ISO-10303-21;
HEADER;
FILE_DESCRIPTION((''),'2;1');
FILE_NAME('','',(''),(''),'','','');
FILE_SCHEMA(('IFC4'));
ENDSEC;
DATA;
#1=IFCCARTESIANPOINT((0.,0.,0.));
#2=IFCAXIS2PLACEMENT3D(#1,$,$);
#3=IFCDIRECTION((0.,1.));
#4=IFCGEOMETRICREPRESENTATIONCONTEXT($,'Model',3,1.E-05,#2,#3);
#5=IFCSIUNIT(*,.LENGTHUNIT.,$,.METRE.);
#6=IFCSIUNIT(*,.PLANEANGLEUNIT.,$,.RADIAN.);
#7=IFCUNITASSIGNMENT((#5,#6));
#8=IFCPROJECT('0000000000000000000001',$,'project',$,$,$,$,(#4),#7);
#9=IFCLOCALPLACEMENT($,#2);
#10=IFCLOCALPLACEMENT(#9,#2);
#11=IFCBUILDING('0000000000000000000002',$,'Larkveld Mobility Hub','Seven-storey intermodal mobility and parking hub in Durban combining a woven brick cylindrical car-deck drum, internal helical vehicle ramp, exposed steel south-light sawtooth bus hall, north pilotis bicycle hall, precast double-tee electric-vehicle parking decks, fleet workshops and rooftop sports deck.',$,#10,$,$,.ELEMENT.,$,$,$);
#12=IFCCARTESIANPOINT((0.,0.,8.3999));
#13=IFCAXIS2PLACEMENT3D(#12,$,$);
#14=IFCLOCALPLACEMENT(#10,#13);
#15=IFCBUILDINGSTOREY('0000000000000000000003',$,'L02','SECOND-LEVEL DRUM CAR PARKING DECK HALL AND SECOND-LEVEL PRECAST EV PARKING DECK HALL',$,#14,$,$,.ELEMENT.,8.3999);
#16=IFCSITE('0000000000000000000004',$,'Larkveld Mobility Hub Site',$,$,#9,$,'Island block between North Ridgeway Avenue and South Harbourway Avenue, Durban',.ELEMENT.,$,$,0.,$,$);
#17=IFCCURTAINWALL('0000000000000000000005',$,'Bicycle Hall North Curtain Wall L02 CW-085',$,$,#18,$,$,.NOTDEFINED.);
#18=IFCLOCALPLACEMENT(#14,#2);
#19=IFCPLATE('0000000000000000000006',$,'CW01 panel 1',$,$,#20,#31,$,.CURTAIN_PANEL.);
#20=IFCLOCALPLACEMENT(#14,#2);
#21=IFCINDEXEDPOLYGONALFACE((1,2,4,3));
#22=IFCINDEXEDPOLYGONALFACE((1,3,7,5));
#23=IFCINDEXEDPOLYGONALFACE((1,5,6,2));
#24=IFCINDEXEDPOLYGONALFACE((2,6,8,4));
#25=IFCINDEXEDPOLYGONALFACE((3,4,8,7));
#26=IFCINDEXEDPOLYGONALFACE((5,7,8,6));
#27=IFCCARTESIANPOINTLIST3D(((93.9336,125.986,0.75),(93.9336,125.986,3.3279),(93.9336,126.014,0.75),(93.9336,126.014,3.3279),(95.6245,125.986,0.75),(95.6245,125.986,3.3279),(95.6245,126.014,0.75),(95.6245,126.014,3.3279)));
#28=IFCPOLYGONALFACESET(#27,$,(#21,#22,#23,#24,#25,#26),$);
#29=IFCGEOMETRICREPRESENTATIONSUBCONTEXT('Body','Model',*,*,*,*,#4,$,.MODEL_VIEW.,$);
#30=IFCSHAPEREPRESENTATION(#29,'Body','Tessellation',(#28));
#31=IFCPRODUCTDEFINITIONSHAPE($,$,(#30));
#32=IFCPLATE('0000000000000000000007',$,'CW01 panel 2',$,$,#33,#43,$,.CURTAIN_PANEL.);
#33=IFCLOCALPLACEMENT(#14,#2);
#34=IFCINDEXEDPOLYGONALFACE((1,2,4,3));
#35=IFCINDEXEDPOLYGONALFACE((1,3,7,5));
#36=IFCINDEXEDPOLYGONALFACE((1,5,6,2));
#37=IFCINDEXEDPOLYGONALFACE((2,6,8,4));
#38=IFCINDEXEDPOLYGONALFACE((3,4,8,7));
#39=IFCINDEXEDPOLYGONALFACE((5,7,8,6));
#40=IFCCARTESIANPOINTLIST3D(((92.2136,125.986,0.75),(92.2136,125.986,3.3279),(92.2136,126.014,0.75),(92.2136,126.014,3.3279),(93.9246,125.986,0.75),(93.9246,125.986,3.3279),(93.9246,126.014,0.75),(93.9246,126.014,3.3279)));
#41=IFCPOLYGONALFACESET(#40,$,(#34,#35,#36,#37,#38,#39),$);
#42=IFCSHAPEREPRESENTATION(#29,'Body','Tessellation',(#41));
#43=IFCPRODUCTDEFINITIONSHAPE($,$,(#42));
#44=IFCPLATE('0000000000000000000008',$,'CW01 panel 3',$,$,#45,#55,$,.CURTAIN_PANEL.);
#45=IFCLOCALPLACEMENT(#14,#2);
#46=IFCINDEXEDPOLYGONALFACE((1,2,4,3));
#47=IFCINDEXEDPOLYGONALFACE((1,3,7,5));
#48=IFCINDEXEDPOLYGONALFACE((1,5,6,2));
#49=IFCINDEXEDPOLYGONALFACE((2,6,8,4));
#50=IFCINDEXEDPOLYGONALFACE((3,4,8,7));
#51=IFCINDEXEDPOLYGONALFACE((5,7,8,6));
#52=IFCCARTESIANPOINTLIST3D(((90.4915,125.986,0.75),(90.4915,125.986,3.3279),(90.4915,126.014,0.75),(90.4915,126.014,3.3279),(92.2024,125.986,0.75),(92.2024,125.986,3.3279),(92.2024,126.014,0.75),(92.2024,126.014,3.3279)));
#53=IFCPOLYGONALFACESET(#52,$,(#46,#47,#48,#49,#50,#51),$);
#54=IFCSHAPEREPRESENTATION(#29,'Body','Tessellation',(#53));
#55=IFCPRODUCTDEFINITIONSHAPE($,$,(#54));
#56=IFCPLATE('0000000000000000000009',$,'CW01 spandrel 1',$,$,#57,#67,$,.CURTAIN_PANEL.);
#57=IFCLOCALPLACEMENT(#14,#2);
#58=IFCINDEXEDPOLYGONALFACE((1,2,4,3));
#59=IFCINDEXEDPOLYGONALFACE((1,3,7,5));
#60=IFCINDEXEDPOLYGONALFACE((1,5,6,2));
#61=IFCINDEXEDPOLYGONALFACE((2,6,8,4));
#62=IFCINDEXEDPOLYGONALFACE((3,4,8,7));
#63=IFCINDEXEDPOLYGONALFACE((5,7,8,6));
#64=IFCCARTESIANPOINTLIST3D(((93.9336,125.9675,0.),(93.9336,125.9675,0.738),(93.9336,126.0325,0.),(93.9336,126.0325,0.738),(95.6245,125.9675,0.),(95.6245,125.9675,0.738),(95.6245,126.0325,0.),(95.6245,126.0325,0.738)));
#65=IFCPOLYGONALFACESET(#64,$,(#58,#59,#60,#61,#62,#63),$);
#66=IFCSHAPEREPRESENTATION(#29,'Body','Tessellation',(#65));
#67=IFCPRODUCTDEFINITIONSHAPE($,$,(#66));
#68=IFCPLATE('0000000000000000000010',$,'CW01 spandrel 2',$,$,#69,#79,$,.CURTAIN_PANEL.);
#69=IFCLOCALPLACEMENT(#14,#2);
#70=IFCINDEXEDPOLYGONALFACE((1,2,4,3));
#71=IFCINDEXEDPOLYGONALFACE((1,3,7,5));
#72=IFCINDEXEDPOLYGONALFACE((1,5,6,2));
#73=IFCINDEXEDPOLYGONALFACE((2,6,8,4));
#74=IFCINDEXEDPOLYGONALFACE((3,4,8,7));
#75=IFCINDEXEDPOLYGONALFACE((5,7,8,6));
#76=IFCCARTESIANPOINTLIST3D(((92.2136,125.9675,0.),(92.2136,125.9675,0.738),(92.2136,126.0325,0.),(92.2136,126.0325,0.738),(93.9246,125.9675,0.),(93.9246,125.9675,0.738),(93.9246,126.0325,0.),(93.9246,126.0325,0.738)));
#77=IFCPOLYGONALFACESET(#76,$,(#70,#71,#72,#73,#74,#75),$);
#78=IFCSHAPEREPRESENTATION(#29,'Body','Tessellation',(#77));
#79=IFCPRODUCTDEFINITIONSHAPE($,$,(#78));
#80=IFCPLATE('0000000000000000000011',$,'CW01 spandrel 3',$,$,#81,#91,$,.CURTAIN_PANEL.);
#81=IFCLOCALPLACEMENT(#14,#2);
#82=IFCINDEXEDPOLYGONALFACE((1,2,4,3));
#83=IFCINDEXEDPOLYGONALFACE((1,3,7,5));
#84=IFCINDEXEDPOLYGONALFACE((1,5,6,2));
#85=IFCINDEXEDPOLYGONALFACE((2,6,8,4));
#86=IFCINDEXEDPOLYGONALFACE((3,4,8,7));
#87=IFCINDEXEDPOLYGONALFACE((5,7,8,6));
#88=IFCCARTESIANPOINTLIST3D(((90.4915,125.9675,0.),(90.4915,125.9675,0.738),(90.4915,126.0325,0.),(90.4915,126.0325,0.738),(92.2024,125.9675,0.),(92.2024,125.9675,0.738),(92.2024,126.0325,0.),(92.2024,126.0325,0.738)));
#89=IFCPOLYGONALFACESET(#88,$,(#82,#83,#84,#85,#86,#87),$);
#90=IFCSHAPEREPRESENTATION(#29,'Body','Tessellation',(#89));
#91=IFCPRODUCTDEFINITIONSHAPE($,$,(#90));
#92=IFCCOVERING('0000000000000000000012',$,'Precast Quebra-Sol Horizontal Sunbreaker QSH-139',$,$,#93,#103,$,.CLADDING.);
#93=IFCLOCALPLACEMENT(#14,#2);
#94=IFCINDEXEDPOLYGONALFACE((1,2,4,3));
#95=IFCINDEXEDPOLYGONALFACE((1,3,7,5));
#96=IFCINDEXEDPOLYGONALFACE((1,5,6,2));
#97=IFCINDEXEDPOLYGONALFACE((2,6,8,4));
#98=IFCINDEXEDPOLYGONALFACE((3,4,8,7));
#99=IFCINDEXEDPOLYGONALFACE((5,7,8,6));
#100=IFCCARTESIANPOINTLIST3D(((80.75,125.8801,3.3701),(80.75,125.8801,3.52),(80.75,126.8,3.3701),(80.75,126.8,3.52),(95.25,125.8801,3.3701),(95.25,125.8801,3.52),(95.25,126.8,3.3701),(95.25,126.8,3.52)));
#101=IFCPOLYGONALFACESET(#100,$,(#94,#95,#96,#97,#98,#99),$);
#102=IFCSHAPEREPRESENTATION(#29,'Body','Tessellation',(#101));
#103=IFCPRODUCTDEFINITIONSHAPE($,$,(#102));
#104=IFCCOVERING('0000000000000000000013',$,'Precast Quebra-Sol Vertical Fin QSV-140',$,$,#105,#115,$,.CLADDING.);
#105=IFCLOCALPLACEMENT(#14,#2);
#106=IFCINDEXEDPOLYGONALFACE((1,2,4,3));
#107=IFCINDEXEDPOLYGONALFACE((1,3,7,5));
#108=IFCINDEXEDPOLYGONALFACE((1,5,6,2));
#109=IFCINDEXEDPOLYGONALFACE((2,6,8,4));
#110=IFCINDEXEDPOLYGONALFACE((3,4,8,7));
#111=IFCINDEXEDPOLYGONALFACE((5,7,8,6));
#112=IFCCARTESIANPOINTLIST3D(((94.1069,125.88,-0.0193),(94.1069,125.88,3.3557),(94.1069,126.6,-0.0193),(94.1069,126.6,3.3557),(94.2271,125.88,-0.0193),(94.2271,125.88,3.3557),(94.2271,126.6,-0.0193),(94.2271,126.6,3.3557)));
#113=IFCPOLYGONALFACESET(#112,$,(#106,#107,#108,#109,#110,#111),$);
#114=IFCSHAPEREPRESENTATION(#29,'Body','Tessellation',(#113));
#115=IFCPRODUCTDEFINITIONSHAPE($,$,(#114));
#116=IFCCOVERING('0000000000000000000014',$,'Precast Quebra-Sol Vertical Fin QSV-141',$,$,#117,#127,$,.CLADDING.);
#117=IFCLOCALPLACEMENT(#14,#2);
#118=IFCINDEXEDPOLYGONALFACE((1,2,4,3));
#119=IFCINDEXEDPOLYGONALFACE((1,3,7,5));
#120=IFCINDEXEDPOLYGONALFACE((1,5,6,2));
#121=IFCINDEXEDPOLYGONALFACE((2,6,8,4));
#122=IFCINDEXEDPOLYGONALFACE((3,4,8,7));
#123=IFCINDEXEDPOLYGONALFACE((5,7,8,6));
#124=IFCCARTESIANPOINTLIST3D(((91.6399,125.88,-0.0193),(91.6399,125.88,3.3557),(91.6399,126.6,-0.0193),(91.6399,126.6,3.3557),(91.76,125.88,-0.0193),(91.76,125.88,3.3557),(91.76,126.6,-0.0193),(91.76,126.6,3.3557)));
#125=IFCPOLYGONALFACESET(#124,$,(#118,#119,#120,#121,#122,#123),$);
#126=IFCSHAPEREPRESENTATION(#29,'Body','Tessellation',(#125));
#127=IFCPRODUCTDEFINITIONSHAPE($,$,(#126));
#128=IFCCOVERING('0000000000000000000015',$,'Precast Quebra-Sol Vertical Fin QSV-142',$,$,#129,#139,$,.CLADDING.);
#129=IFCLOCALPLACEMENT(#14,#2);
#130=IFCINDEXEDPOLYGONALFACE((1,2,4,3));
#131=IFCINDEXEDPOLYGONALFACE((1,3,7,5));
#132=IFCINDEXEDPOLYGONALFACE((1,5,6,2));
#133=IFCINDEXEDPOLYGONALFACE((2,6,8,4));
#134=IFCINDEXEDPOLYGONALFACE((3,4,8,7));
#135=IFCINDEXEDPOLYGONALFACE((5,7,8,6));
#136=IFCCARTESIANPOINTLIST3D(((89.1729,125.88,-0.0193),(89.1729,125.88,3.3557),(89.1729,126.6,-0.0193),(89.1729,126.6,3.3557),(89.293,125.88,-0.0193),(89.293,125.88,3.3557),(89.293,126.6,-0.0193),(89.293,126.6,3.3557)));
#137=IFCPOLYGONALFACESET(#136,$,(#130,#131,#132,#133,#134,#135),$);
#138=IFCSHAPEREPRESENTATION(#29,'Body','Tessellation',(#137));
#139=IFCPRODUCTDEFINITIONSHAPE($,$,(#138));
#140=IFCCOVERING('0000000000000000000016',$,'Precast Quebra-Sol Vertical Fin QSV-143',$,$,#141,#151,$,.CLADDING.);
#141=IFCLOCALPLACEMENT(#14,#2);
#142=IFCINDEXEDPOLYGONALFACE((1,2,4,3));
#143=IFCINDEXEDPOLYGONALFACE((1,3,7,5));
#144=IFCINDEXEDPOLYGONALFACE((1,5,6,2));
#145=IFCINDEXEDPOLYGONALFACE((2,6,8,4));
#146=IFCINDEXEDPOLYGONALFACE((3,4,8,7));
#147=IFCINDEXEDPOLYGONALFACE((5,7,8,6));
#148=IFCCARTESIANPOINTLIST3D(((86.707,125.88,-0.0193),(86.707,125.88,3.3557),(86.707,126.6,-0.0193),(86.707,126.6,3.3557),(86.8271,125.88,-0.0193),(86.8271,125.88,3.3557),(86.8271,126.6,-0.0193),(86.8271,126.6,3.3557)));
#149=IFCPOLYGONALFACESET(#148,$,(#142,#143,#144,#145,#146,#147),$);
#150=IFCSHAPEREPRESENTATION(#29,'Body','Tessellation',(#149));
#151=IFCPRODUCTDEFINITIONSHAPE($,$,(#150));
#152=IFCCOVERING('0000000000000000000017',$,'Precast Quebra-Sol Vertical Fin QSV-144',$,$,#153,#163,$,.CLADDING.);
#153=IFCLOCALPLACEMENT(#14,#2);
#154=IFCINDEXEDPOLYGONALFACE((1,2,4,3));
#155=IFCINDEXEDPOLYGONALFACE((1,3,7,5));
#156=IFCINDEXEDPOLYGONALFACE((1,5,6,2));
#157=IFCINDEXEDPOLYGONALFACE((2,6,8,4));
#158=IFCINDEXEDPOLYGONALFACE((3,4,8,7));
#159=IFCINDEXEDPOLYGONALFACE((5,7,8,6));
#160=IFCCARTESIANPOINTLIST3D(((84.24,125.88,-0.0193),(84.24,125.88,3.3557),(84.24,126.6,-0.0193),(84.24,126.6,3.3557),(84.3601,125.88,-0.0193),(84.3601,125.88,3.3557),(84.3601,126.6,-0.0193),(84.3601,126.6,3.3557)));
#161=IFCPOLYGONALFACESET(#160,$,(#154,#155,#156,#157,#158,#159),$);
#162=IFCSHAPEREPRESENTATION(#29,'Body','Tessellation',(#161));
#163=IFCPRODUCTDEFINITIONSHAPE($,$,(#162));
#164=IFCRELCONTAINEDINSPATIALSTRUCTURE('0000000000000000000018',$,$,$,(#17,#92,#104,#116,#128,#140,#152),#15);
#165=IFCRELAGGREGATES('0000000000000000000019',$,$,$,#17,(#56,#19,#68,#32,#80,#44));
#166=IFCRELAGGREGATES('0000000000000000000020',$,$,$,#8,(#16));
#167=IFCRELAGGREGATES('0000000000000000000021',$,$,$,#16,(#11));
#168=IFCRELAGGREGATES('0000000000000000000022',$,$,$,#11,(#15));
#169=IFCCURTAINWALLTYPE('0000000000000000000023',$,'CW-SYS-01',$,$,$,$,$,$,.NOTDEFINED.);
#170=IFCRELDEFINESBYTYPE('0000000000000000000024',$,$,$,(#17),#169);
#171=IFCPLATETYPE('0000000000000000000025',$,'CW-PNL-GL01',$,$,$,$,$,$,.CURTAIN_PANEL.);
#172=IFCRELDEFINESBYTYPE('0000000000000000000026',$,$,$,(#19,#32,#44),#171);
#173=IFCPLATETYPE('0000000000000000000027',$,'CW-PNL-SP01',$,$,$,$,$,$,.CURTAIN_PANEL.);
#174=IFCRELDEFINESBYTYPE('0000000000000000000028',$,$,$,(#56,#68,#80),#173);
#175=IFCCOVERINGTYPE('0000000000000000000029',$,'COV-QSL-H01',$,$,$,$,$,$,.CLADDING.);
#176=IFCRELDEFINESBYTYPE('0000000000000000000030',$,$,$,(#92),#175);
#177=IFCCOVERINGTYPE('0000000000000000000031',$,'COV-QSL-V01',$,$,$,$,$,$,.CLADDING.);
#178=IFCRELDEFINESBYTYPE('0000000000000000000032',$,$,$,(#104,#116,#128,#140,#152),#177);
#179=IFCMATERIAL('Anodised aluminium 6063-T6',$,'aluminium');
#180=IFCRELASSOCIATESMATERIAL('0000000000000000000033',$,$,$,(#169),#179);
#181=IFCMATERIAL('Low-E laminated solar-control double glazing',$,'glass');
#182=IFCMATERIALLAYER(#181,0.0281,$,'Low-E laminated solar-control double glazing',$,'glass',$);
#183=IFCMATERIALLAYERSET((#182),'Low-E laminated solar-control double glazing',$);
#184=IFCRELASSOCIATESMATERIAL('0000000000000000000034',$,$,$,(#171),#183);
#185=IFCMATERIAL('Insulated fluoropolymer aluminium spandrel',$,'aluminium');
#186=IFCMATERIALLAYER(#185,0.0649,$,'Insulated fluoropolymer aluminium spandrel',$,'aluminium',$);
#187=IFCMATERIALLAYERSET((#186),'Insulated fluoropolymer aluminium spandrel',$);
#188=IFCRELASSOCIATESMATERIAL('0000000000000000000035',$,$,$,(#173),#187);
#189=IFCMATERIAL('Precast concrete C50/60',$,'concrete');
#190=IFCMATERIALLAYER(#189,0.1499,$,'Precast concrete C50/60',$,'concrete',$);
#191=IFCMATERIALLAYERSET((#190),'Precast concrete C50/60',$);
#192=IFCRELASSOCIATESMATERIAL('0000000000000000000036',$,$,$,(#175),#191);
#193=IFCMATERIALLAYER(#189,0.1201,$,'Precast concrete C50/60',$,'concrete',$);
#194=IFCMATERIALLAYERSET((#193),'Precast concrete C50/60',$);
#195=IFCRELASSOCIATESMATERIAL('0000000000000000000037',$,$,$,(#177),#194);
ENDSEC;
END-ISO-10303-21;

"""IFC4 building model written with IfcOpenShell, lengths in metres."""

from ifc_helpers import new_model, si_unit, direction, frame, origin, origin_2d, place, context, subcontext, project, spatial, rectangle, extrude, material, layer, layer_set, type_object, element, aggregate, save


model = new_model("IFC4")

# Units and contexts
model_context = context("Model", 3, precision=1e-05, world=origin(), true_north=direction((0.0, 1.0)))
body_context = subcontext(model_context, "Body", "Model", "MODEL_VIEW")
ifc_project = project(units=[si_unit("LENGTHUNIT", "METRE"), si_unit("PLANEANGLEUNIT", "RADIAN")], contexts=[model_context])

# Site, building, storey
site_placement = place(None, origin())
site = spatial("IfcSite", under=ifc_project, at=site_placement, Name="Larkveld Mobility Hub Site", LongName="Island block between North Ridgeway Avenue and South Harbourway Avenue, Durban", CompositionType="ELEMENT", RefElevation=0.0)
building_placement = place(site_placement, origin())
building = spatial("IfcBuilding", under=site, at=building_placement, Name="Larkveld Mobility Hub", Description="Seven-storey intermodal mobility and parking hub in Durban combining a woven brick cylindrical car-deck drum, internal helical vehicle ramp, exposed steel south-light sawtooth bus hall, north pilotis bicycle hall, precast double-tee electric-vehicle parking decks, fleet workshops and rooftop sports deck.", CompositionType="ELEMENT")
storey_placement = place(building_placement, frame((0.0, 0.0, 8.3999)))
storey = spatial("IfcBuildingStorey", under=building, at=storey_placement, Name="L02", Description="SECOND-LEVEL DRUM CAR PARKING DECK HALL AND SECOND-LEVEL PRECAST EV PARKING DECK HALL", CompositionType="ELEMENT", Elevation=8.3999)

# Curtain wall, plates
ifc_material_1 = material(Name="Anodised aluminium 6063-T6", Category="aluminium")
curtain_wall_type = type_object("IfcCurtainWallType", Name="CW-SYS-01", PredefinedType="NOTDEFINED", material=ifc_material_1)
curtain_wall_placement = place(storey_placement, origin())
curtain_wall = element("IfcCurtainWall", 1, at=curtain_wall_placement, inside=storey, type_object=curtain_wall_type, Name="Bicycle Hall North Curtain Wall L02 CW-085", PredefinedType="NOTDEFINED")
ifc_material_2 = material(Name="Low-E laminated solar-control double glazing", Category="glass")
ifc_layer_1 = layer(ifc_material_2, 0.0281, Name="Low-E laminated solar-control double glazing", Category="glass")
ifc_layer_set_1 = layer_set([ifc_layer_1], Name="Low-E laminated solar-control double glazing")
plate_type_1 = type_object("IfcPlateType", Name="CW-PNL-GL01", PredefinedType="CURTAIN_PANEL", material=ifc_layer_set_1)
plate_1_placement = place(storey_placement, frame((94.7791, 126.0, 0.75), z_axis=(0.0, 0.0, 1.0), x_axis=(-1.0, 0.0, 0.0)))
plate_1 = element("IfcPlate", 2, at=plate_1_placement, type_object=plate_type_1, Name="CW01 panel 1", PredefinedType="CURTAIN_PANEL", context=body_context, shape_type="SweptSolid", body=[
    extrude(rectangle(XDim=1.6909, YDim=0.0281, at=origin_2d()), origin(), (0.0, 0.0, 1.0), 2.5779),
])
plate_2_placement = place(storey_placement, frame((93.0691, 126.0, 0.75), z_axis=(0.0, 0.0, 1.0), x_axis=(-1.0, 0.0, 0.0)))
plate_2 = element("IfcPlate", 3, at=plate_2_placement, type_object=plate_type_1, Name="CW01 panel 2", PredefinedType="CURTAIN_PANEL", context=body_context, shape_type="SweptSolid", body=[
    extrude(rectangle(XDim=1.7109, YDim=0.0281, at=origin_2d()), origin(), (0.0, 0.0, 1.0), 2.5779),
])
plate_3_placement = place(storey_placement, frame((91.3469, 126.0, 0.75), z_axis=(0.0, 0.0, 1.0), x_axis=(-1.0, 0.0, 0.0)))
plate_3 = element("IfcPlate", 4, at=plate_3_placement, type_object=plate_type_1, Name="CW01 panel 3", PredefinedType="CURTAIN_PANEL", context=body_context, shape_type="SweptSolid", body=[
    extrude(rectangle(XDim=1.7109, YDim=0.0281, at=origin_2d()), origin(), (0.0, 0.0, 1.0), 2.5779),
])
ifc_material_3 = material(Name="Insulated fluoropolymer aluminium spandrel", Category="aluminium")
ifc_layer_2 = layer(ifc_material_3, 0.0649, Name="Insulated fluoropolymer aluminium spandrel", Category="aluminium")
ifc_layer_set_2 = layer_set([ifc_layer_2], Name="Insulated fluoropolymer aluminium spandrel")
plate_type_2 = type_object("IfcPlateType", Name="CW-PNL-SP01", PredefinedType="CURTAIN_PANEL", material=ifc_layer_set_2)
plate_4_placement = place(storey_placement, frame((94.7791, 126.0, 0.0), z_axis=(0.0, 0.0, 1.0), x_axis=(-1.0, 0.0, 0.0)))
plate_4 = element("IfcPlate", 5, at=plate_4_placement, type_object=plate_type_2, Name="CW01 spandrel 1", PredefinedType="CURTAIN_PANEL", context=body_context, shape_type="SweptSolid", body=[
    extrude(rectangle(XDim=1.6909, YDim=0.0649, at=origin_2d()), origin(), (0.0, 0.0, 1.0), 0.738),
])
plate_5_placement = place(storey_placement, frame((93.0691, 126.0, 0.0), z_axis=(0.0, 0.0, 1.0), x_axis=(-1.0, 0.0, 0.0)))
plate_5 = element("IfcPlate", 6, at=plate_5_placement, type_object=plate_type_2, Name="CW01 spandrel 2", PredefinedType="CURTAIN_PANEL", context=body_context, shape_type="SweptSolid", body=[
    extrude(rectangle(XDim=1.7109, YDim=0.0649, at=origin_2d()), origin(), (0.0, 0.0, 1.0), 0.738),
])
plate_6_placement = place(storey_placement, frame((91.3469, 126.0, 0.0), z_axis=(0.0, 0.0, 1.0), x_axis=(-1.0, 0.0, 0.0)))
plate_6 = element("IfcPlate", 7, at=plate_6_placement, type_object=plate_type_2, Name="CW01 spandrel 3", PredefinedType="CURTAIN_PANEL", context=body_context, shape_type="SweptSolid", body=[
    extrude(rectangle(XDim=1.7109, YDim=0.0649, at=origin_2d()), origin(), (0.0, 0.0, 1.0), 0.738),
])
aggregate(curtain_wall, [plate_4, plate_1, plate_5, plate_2, plate_6, plate_3])

# Coverings
ifc_material_4 = material(Name="Precast concrete C50/60", Category="concrete")
ifc_layer_3 = layer(ifc_material_4, 0.1499, Name="Precast concrete C50/60", Category="concrete")
ifc_layer_set_3 = layer_set([ifc_layer_3], Name="Precast concrete C50/60")
covering_type_1 = type_object("IfcCoveringType", Name="COV-QSL-H01", PredefinedType="CLADDING", material=ifc_layer_set_3)
covering_placement = place(storey_placement, frame((88.0, 126.3401, 3.3701), z_axis=(0.0, 0.0, 1.0), x_axis=(-1.0, 0.0, 0.0)))
element("IfcCovering", 8, at=covering_placement, inside=storey, type_object=covering_type_1, Name="Precast Quebra-Sol Horizontal Sunbreaker QSH-139", PredefinedType="CLADDING", context=body_context, shape_type="SweptSolid", body=[
    extrude(rectangle(XDim=14.5, YDim=0.9199, at=origin_2d()), origin(), (0.0, 0.0, 1.0), 0.1499),
])
ifc_layer_4 = layer(ifc_material_4, 0.1201, Name="Precast concrete C50/60", Category="concrete")
ifc_layer_set_4 = layer_set([ifc_layer_4], Name="Precast concrete C50/60")
covering_type_2 = type_object("IfcCoveringType", Name="COV-QSL-V01", PredefinedType="CLADDING", material=ifc_layer_set_4)
for number, where, z_axis, x_axis, name in (
    (9, (94.167, 126.24, -0.0193), (0.0, 0.0, 1.0), (-1.0, 0.0, 0.0), "Precast Quebra-Sol Vertical Fin QSV-140"),
    (10, (91.7, 126.24, -0.0193), (0.0, 0.0, 1.0), (-1.0, 0.0, 0.0), "Precast Quebra-Sol Vertical Fin QSV-141"),
    (11, (89.2329, 126.24, -0.0193), (0.0, 0.0, 1.0), (-1.0, 0.0, 0.0), "Precast Quebra-Sol Vertical Fin QSV-142"),
    (12, (86.7671, 126.24, -0.0193), (0.0, 0.0, 1.0), (-1.0, 0.0, 0.0), "Precast Quebra-Sol Vertical Fin QSV-143"),
    (13, (84.3, 126.24, -0.0193), (0.0, 0.0, 1.0), (-1.0, 0.0, 0.0), "Precast Quebra-Sol Vertical Fin QSV-144"),
):
    element("IfcCovering", number, at=place(storey_placement, frame(where, z_axis=z_axis, x_axis=x_axis)), inside=storey, type_object=covering_type_2, Name=name, PredefinedType="CLADDING", context=body_context, shape_type="SweptSolid", body=[
        extrude(rectangle(XDim=0.1201, YDim=0.72, at=origin_2d()), origin(), (0.0, 0.0, 1.0), 3.375),
    ])

save(model, "model.ifc")
